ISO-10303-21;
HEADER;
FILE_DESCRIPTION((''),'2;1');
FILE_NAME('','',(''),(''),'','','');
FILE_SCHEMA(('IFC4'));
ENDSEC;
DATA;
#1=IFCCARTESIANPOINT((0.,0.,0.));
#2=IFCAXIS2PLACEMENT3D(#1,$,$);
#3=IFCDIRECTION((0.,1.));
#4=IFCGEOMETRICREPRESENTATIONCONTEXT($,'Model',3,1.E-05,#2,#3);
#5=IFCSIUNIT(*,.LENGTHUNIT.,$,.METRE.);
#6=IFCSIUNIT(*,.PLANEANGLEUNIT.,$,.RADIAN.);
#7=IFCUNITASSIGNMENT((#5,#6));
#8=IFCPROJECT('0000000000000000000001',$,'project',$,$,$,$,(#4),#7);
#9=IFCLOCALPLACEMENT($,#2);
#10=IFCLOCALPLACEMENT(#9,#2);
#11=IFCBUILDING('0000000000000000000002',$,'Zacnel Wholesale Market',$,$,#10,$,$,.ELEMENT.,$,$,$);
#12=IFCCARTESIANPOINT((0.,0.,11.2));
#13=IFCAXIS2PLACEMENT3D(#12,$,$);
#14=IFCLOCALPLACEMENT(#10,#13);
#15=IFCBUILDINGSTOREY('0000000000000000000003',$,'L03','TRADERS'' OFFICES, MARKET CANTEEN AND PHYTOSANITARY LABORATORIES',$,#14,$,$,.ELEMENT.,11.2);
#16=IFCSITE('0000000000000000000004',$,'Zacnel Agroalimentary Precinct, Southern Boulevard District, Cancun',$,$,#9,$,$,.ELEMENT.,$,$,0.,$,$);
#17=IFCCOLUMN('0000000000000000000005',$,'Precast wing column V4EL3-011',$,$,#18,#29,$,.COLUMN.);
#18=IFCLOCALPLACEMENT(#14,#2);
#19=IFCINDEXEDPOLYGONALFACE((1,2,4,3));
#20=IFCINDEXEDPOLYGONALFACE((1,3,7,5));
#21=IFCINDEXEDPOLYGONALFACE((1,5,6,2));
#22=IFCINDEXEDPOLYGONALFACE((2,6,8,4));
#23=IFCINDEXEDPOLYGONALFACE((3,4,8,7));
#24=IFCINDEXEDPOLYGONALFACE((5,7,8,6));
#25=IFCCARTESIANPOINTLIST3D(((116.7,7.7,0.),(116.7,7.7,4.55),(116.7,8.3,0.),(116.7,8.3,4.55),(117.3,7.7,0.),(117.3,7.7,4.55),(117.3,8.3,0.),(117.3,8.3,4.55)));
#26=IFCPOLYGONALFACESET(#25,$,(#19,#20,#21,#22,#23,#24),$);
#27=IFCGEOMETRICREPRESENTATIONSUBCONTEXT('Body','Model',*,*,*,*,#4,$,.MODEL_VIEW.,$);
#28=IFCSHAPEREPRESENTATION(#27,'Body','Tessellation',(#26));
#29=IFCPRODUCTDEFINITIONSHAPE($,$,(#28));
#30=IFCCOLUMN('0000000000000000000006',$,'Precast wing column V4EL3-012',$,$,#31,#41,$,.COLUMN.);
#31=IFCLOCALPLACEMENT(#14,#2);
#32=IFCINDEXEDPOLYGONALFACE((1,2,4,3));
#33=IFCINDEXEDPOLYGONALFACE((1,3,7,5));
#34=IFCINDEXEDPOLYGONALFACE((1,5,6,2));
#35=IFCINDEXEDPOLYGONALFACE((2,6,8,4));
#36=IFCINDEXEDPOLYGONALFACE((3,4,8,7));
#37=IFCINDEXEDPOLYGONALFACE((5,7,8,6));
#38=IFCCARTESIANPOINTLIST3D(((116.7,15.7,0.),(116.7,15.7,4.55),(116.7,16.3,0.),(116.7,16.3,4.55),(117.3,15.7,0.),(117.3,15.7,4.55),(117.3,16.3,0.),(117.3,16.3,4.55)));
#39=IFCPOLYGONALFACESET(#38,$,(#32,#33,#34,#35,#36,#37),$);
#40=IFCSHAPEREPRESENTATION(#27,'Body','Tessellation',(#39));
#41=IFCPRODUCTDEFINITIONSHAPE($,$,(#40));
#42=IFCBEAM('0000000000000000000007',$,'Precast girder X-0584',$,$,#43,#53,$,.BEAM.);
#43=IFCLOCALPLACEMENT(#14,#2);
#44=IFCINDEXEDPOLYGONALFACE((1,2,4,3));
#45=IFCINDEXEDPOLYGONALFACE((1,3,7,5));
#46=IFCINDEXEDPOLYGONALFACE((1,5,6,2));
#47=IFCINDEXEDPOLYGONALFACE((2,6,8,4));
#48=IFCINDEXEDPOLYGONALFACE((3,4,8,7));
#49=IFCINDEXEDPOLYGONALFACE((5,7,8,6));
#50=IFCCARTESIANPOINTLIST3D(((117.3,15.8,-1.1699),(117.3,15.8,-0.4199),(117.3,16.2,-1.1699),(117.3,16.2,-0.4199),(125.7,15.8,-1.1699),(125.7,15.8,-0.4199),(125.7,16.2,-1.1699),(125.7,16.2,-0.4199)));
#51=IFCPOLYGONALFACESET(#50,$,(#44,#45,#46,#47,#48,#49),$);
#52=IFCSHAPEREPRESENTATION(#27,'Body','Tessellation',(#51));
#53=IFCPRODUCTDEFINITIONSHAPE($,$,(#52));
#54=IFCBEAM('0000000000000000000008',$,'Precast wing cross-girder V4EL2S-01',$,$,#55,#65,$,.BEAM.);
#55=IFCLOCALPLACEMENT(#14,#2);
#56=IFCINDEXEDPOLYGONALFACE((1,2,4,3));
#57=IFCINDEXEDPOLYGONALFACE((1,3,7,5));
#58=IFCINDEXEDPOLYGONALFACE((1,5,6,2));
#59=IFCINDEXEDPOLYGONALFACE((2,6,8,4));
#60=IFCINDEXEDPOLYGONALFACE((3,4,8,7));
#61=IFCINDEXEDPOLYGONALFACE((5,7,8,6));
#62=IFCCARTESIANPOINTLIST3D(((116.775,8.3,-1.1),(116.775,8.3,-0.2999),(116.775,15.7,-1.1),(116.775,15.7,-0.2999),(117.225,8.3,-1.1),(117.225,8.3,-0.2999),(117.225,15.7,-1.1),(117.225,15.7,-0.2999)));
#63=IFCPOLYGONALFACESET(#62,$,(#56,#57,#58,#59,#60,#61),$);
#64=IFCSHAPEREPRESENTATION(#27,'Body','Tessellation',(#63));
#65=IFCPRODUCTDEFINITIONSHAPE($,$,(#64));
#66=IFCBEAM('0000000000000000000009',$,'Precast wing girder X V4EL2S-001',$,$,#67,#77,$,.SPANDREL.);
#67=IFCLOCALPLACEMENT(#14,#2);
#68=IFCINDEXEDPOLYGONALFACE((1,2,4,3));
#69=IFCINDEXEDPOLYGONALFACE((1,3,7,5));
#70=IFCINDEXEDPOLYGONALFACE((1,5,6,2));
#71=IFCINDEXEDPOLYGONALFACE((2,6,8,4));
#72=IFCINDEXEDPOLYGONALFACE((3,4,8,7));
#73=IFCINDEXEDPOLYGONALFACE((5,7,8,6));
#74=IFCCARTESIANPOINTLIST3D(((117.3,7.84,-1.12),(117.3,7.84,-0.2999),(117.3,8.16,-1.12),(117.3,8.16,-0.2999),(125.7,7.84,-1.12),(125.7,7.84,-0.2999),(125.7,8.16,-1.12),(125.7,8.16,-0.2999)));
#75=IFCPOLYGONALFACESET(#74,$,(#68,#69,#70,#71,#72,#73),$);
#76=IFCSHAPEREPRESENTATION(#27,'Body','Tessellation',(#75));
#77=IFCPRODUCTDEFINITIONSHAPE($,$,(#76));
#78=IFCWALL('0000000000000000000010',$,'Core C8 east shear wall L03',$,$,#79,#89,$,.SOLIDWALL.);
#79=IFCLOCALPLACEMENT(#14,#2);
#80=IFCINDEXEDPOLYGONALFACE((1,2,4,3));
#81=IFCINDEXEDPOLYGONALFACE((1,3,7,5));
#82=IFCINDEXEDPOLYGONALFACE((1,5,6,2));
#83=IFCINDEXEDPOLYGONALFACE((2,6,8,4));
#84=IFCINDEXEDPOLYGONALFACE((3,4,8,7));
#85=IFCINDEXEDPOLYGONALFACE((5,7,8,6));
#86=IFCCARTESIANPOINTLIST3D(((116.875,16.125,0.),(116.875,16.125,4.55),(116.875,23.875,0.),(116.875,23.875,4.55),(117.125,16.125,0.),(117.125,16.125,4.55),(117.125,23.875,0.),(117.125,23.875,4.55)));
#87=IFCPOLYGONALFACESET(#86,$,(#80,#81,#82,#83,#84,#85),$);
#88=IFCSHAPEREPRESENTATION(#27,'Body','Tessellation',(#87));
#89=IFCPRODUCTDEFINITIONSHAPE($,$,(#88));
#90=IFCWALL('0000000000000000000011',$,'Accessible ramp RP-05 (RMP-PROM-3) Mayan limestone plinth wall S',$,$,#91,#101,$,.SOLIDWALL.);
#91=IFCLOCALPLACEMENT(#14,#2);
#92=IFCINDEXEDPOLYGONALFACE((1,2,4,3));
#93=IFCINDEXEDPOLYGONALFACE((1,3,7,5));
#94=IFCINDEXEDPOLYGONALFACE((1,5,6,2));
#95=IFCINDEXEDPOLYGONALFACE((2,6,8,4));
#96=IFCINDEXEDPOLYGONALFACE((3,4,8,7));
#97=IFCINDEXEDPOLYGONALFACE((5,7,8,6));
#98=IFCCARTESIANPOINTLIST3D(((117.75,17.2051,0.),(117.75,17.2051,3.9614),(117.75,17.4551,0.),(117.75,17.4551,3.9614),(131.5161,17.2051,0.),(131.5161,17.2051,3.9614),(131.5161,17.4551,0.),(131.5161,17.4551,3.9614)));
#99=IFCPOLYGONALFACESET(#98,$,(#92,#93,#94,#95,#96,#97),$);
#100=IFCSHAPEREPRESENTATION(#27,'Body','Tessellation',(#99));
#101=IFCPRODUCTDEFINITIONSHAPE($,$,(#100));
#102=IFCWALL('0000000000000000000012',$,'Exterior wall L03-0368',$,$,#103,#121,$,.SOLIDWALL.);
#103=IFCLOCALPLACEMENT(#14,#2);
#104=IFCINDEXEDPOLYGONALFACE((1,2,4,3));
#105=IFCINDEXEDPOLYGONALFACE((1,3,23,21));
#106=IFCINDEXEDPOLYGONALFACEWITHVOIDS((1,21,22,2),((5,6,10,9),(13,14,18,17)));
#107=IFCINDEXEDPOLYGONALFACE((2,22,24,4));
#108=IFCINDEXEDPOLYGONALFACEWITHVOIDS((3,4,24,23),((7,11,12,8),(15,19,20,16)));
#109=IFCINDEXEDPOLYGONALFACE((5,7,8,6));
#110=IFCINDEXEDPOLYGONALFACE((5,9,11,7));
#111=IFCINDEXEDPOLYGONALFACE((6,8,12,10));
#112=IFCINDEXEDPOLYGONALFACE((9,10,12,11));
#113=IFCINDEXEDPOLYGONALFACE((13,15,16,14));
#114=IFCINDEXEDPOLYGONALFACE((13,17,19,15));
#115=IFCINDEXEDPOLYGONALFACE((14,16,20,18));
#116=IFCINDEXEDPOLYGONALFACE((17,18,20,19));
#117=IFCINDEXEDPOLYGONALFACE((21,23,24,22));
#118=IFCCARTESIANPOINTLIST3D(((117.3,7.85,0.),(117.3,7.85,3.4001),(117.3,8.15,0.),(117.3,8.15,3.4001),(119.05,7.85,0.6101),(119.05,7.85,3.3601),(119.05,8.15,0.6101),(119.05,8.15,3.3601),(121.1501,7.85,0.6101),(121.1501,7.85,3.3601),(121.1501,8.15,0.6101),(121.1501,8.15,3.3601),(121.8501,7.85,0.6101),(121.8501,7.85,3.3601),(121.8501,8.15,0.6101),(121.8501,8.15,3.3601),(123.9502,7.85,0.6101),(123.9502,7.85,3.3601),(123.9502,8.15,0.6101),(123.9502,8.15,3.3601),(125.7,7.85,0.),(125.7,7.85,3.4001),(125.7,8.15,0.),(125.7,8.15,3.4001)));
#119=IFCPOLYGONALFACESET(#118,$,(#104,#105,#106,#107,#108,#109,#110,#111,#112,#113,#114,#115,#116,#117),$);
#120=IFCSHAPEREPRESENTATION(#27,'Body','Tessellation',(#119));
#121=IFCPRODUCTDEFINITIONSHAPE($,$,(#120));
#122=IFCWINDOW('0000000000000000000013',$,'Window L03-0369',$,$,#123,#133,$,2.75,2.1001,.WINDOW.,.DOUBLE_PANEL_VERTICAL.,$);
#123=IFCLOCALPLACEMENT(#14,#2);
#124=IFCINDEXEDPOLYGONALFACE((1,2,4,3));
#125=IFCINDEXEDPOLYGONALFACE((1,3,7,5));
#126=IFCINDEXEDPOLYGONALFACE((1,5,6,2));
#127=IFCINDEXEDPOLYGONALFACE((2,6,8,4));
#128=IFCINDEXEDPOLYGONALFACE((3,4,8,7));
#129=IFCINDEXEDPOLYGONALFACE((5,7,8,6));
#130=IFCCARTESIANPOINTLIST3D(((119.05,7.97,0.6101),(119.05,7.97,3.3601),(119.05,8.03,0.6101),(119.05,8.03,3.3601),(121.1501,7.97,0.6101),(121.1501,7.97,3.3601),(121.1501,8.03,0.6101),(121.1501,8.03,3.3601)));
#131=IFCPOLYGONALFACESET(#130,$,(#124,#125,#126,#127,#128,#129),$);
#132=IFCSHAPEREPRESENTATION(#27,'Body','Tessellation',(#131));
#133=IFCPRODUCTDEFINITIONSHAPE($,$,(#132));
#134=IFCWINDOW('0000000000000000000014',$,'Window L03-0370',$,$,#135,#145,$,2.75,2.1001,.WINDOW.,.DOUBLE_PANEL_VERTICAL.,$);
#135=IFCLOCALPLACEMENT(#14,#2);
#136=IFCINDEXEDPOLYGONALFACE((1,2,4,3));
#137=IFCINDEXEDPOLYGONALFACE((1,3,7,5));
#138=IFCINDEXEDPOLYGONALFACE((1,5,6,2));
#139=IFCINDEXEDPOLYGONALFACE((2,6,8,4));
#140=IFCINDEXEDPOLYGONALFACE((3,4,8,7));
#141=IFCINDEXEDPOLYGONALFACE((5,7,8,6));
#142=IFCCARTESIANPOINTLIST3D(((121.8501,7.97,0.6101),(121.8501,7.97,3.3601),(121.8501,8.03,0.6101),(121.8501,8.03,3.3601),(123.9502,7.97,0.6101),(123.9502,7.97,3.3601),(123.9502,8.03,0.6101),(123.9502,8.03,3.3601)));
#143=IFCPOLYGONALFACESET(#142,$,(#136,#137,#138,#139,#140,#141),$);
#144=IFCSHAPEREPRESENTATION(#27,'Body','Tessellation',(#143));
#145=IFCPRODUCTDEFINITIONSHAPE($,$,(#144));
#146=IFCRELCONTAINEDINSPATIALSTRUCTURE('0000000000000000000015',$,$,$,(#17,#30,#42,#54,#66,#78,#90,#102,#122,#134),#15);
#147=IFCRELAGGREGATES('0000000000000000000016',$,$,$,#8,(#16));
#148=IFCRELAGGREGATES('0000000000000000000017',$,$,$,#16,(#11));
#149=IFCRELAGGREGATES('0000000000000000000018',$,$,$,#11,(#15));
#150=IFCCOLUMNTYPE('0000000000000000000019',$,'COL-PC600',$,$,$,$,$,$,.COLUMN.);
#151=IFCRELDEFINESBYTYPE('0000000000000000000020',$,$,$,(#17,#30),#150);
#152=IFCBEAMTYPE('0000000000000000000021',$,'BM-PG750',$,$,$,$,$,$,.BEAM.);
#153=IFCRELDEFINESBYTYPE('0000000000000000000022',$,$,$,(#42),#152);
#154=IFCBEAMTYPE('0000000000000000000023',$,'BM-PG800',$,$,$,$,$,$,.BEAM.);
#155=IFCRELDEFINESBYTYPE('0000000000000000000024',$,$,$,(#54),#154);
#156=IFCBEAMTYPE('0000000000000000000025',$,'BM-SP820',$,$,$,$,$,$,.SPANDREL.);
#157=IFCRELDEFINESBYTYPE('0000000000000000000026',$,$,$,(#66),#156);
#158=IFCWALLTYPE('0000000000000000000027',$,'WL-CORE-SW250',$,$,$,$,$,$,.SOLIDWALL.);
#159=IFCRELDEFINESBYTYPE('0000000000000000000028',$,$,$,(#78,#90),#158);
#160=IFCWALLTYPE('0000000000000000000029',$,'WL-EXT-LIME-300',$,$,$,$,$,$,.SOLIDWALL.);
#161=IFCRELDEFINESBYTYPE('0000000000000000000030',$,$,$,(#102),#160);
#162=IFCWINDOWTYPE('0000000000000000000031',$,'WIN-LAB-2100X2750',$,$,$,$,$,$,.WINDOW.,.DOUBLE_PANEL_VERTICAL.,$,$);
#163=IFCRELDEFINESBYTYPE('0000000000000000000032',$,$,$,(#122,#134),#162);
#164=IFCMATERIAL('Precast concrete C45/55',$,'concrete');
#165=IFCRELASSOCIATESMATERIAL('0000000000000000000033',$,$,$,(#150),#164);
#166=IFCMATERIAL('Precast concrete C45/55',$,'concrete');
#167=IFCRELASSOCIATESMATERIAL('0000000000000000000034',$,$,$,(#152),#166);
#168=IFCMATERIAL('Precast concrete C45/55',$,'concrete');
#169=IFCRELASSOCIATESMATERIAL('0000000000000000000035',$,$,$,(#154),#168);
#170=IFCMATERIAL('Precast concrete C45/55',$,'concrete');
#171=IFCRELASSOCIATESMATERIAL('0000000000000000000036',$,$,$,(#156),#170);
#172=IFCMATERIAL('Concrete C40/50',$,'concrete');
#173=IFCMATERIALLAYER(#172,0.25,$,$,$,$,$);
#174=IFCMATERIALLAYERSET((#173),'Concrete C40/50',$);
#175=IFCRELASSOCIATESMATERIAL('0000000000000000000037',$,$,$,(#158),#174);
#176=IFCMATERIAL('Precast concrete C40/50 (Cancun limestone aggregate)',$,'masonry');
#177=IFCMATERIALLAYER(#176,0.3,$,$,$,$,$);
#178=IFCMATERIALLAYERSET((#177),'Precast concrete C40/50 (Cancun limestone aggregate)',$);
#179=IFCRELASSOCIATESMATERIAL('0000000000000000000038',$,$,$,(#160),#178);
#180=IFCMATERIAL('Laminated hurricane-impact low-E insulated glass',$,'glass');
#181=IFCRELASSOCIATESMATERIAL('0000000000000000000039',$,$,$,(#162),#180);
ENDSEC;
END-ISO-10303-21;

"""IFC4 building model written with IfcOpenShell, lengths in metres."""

from ifc_helpers import new_model, si_unit, direction, frame, frame_2d, origin, origin_2d, place, context, subcontext, project, spatial, rectangle, extrude, material, layer, layer_set, material_profile, profile_set, type_object, element, fill, save


model = new_model("IFC4")

# Units and contexts
model_context = context("Model", 3, precision=1e-05, world=origin(), true_north=direction((0.0, 1.0)))
body_context = subcontext(model_context, "Body", "Model", "MODEL_VIEW")
ifc_project = project(units=[si_unit("LENGTHUNIT", "METRE"), si_unit("PLANEANGLEUNIT", "RADIAN")], contexts=[model_context])

# Site, building, storey
site_placement = place(None, origin())
site = spatial("IfcSite", under=ifc_project, at=site_placement, Name="Zacnel Agroalimentary Precinct, Southern Boulevard District, Cancun", CompositionType="ELEMENT", RefElevation=0.0)
building_placement = place(site_placement, origin())
building = spatial("IfcBuilding", under=site, at=building_placement, Name="Zacnel Wholesale Market", CompositionType="ELEMENT")
storey_placement = place(building_placement, frame((0.0, 0.0, 11.2)))
storey = spatial("IfcBuildingStorey", under=building, at=storey_placement, Name="L03", Description="TRADERS' OFFICES, MARKET CANTEEN AND PHYTOSANITARY LABORATORIES", CompositionType="ELEMENT", Elevation=11.2)

# Columns
ifc_material_1 = material(Name="Precast concrete C45/55", Category="concrete")
ifc_material_profile_1 = material_profile(ifc_material_1, rectangle(XDim=0.6001, YDim=0.6001, at=origin_2d()), Name="PC 600x600")
ifc_profile_set_1 = profile_set([ifc_material_profile_1], Name="Precast concrete C45/55")
column_type = type_object("IfcColumnType", Name="COL-PC600", PredefinedType="COLUMN", material=ifc_profile_set_1)
for number, where, z_axis, x_axis, name in (
    (1, (117.0, 8.0, 0.0), (0.0, 0.0, 1.0), (1.0, 0.0, 0.0), "Precast wing column V4EL3-011"),
    (2, (117.0, 16.0, 0.0), (0.0, 0.0, 1.0), (1.0, 0.0, 0.0), "Precast wing column V4EL3-012"),
):
    element("IfcColumn", number, at=place(storey_placement, frame(where, z_axis=z_axis, x_axis=x_axis)), inside=storey, type_object=column_type, Name=name, PredefinedType="COLUMN", context=body_context, shape_type="SweptSolid", body=[
        extrude(rectangle(XDim=0.6001, YDim=0.6001, at=origin_2d()), origin(), (0.0, 0.0, 1.0), 4.55),
    ])

# Beams
ifc_material_2 = material(Name="Precast concrete C45/55", Category="concrete")
ifc_material_profile_2 = material_profile(ifc_material_2, rectangle(XDim=0.3999, YDim=0.75, at=origin_2d()), Name="PG 400x750")
ifc_profile_set_2 = profile_set([ifc_material_profile_2], Name="Precast concrete C45/55")
beam_type_1 = type_object("IfcBeamType", Name="BM-PG750", PredefinedType="BEAM", material=ifc_profile_set_2)
beam_1_placement = place(storey_placement, frame((117.3, 16.0, -0.7949), z_axis=(1.0, 0.0, 0.0), x_axis=(0.0, 1.0, 0.0)))
element("IfcBeam", 3, at=beam_1_placement, inside=storey, type_object=beam_type_1, Name="Precast girder X-0584", PredefinedType="BEAM", context=body_context, shape_type="SweptSolid", body=[
    extrude(rectangle(XDim=0.3999, YDim=0.75, at=origin_2d()), origin(), (0.0, 0.0, 1.0), 8.3999),
])
ifc_material_3 = material(Name="Precast concrete C45/55", Category="concrete")
ifc_material_profile_3 = material_profile(ifc_material_3, rectangle(XDim=0.45, YDim=0.8, at=origin_2d()), Name="PG 450x800")
ifc_profile_set_3 = profile_set([ifc_material_profile_3], Name="Precast concrete C45/55")
beam_type_2 = type_object("IfcBeamType", Name="BM-PG800", PredefinedType="BEAM", material=ifc_profile_set_3)
beam_2_placement = place(storey_placement, frame((117.0, 8.3, -0.7), z_axis=(0.0, 1.0, 0.0), x_axis=(-1.0, 0.0, 0.0)))
element("IfcBeam", 4, at=beam_2_placement, inside=storey, type_object=beam_type_2, Name="Precast wing cross-girder V4EL2S-01", PredefinedType="BEAM", context=body_context, shape_type="SweptSolid", body=[
    extrude(rectangle(XDim=0.45, YDim=0.8, at=origin_2d()), origin(), (0.0, 0.0, 1.0), 7.3999),
])
ifc_material_4 = material(Name="Precast concrete C45/55", Category="concrete")
ifc_material_profile_4 = material_profile(ifc_material_4, rectangle(XDim=0.3201, YDim=0.8201, at=origin_2d()), Name="SP 320x820")
ifc_profile_set_4 = profile_set([ifc_material_profile_4], Name="Precast concrete C45/55")
beam_type_3 = type_object("IfcBeamType", Name="BM-SP820", PredefinedType="SPANDREL", material=ifc_profile_set_4)
beam_3_placement = place(storey_placement, frame((117.3, 8.0, -0.71), z_axis=(1.0, 0.0, 0.0), x_axis=(0.0, 1.0, 0.0)))
element("IfcBeam", 5, at=beam_3_placement, inside=storey, type_object=beam_type_3, Name="Precast wing girder X V4EL2S-001", PredefinedType="SPANDREL", context=body_context, shape_type="SweptSolid", body=[
    extrude(rectangle(XDim=0.3201, YDim=0.8201, at=origin_2d()), origin(), (0.0, 0.0, 1.0), 8.3999),
])

# Walls
ifc_material_5 = material(Name="Concrete C40/50", Category="concrete")
ifc_layer_1 = layer(ifc_material_5, 0.25)
ifc_layer_set_1 = layer_set([ifc_layer_1], Name="Concrete C40/50")
wall_type_1 = type_object("IfcWallType", Name="WL-CORE-SW250", PredefinedType="SOLIDWALL", material=ifc_layer_set_1)
wall_1_placement = place(storey_placement, frame((117.0, 16.125, 0.0), z_axis=(0.0, 0.0, 1.0), x_axis=(0.0, 1.0, 0.0)))
element("IfcWall", 6, at=wall_1_placement, inside=storey, type_object=wall_type_1, Name="Core C8 east shear wall L03", PredefinedType="SOLIDWALL", context=body_context, shape_type="SweptSolid", body=[
    extrude(rectangle(XDim=7.75, YDim=0.25, at=frame_2d((3.875, 0.0))), origin(), (0.0, 0.0, 1.0), 4.55),
])
wall_2_placement = place(storey_placement, frame((117.75, 17.3301, 0.0), z_axis=(0.0, 0.0, 1.0), x_axis=(1.0, 0.0, 0.0)))
element("IfcWall", 7, at=wall_2_placement, inside=storey, type_object=wall_type_1, Name="Accessible ramp RP-05 (RMP-PROM-3) Mayan limestone plinth wall S", PredefinedType="SOLIDWALL", context=body_context, shape_type="SweptSolid", body=[
    extrude(rectangle(XDim=13.7661, YDim=0.25, at=frame_2d((6.8831, 0.0))), origin(), (0.0, 0.0, 1.0), 3.9614),
])

# Wall, openings, windows
ifc_material_6 = material(Name="Precast concrete C40/50 (Cancun limestone aggregate)", Category="masonry")
ifc_layer_2 = layer(ifc_material_6, 0.3)
ifc_layer_set_2 = layer_set([ifc_layer_2], Name="Precast concrete C40/50 (Cancun limestone aggregate)")
wall_type_2 = type_object("IfcWallType", Name="WL-EXT-LIME-300", PredefinedType="SOLIDWALL", material=ifc_layer_set_2)
wall_3_placement = place(storey_placement, frame((117.3, 8.0, 0.0), z_axis=(0.0, 0.0, 1.0), x_axis=(1.0, 0.0, 0.0)))
wall_3 = element("IfcWall", 8, at=wall_3_placement, inside=storey, type_object=wall_type_2, Name="Exterior wall L03-0368", PredefinedType="SOLIDWALL", context=body_context, shape_type="SweptSolid", body=[
    extrude(rectangle(XDim=8.3999, YDim=0.3, at=frame_2d((4.2, 0.0))), origin(), (0.0, 0.0, 1.0), 3.4001),
])
opening_1_placement = place(wall_3_placement, frame((1.75, 0.0, 0.6101)))
opening_1 = element("IfcOpeningElement", 9, at=opening_1_placement, cuts=wall_3, PredefinedType="OPENING", context=body_context, shape_type="SweptSolid", body=[
    extrude(rectangle(XDim=2.1001, YDim=2.75, at=frame_2d((1.05, 1.375))), frame((0.0, 0.1599, 0.0), z_axis=(0.0, -1.0, 0.0), x_axis=(1.0, 0.0, 0.0)), (0.0, 0.0, 1.0), 0.3201),
])
opening_2_placement = place(wall_3_placement, frame((4.55, 0.0, 0.6101)))
opening_2 = element("IfcOpeningElement", 10, at=opening_2_placement, cuts=wall_3, PredefinedType="OPENING", context=body_context, shape_type="SweptSolid", body=[
    extrude(rectangle(XDim=2.1001, YDim=2.75, at=frame_2d((1.05, 1.375))), frame((0.0, 0.1599, 0.0), z_axis=(0.0, -1.0, 0.0), x_axis=(1.0, 0.0, 0.0)), (0.0, 0.0, 1.0), 0.3201),
])
ifc_material_7 = material(Name="Laminated hurricane-impact low-E insulated glass", Category="glass")
window_type = type_object("IfcWindowType", Name="WIN-LAB-2100X2750", PartitioningType="DOUBLE_PANEL_VERTICAL", PredefinedType="WINDOW", material=ifc_material_7)
window_1_placement = place(opening_1_placement, origin())
window_1 = element("IfcWindow", 11, at=window_1_placement, inside=storey, type_object=window_type, Name="Window L03-0369", OverallHeight=2.75, OverallWidth=2.1001, PartitioningType="DOUBLE_PANEL_VERTICAL", PredefinedType="WINDOW", context=body_context, shape_type="SweptSolid", body=[
    extrude(rectangle(XDim=2.1001, YDim=2.75, at=frame_2d((1.05, 1.375))), frame((0.0, 0.03, 0.0), z_axis=(0.0, -1.0, 0.0), x_axis=(1.0, 0.0, 0.0)), (0.0, 0.0, 1.0), 0.0601),
])
fill(opening_1, window_1)
window_2_placement = place(opening_2_placement, origin())
window_2 = element("IfcWindow", 12, at=window_2_placement, inside=storey, type_object=window_type, Name="Window L03-0370", OverallHeight=2.75, OverallWidth=2.1001, PartitioningType="DOUBLE_PANEL_VERTICAL", PredefinedType="WINDOW", context=body_context, shape_type="SweptSolid", body=[
    extrude(rectangle(XDim=2.1001, YDim=2.75, at=frame_2d((1.05, 1.375))), frame((0.0, 0.03, 0.0), z_axis=(0.0, -1.0, 0.0), x_axis=(1.0, 0.0, 0.0)), (0.0, 0.0, 1.0), 0.0601),
])
fill(opening_2, window_2)

save(model, "model.ifc")
